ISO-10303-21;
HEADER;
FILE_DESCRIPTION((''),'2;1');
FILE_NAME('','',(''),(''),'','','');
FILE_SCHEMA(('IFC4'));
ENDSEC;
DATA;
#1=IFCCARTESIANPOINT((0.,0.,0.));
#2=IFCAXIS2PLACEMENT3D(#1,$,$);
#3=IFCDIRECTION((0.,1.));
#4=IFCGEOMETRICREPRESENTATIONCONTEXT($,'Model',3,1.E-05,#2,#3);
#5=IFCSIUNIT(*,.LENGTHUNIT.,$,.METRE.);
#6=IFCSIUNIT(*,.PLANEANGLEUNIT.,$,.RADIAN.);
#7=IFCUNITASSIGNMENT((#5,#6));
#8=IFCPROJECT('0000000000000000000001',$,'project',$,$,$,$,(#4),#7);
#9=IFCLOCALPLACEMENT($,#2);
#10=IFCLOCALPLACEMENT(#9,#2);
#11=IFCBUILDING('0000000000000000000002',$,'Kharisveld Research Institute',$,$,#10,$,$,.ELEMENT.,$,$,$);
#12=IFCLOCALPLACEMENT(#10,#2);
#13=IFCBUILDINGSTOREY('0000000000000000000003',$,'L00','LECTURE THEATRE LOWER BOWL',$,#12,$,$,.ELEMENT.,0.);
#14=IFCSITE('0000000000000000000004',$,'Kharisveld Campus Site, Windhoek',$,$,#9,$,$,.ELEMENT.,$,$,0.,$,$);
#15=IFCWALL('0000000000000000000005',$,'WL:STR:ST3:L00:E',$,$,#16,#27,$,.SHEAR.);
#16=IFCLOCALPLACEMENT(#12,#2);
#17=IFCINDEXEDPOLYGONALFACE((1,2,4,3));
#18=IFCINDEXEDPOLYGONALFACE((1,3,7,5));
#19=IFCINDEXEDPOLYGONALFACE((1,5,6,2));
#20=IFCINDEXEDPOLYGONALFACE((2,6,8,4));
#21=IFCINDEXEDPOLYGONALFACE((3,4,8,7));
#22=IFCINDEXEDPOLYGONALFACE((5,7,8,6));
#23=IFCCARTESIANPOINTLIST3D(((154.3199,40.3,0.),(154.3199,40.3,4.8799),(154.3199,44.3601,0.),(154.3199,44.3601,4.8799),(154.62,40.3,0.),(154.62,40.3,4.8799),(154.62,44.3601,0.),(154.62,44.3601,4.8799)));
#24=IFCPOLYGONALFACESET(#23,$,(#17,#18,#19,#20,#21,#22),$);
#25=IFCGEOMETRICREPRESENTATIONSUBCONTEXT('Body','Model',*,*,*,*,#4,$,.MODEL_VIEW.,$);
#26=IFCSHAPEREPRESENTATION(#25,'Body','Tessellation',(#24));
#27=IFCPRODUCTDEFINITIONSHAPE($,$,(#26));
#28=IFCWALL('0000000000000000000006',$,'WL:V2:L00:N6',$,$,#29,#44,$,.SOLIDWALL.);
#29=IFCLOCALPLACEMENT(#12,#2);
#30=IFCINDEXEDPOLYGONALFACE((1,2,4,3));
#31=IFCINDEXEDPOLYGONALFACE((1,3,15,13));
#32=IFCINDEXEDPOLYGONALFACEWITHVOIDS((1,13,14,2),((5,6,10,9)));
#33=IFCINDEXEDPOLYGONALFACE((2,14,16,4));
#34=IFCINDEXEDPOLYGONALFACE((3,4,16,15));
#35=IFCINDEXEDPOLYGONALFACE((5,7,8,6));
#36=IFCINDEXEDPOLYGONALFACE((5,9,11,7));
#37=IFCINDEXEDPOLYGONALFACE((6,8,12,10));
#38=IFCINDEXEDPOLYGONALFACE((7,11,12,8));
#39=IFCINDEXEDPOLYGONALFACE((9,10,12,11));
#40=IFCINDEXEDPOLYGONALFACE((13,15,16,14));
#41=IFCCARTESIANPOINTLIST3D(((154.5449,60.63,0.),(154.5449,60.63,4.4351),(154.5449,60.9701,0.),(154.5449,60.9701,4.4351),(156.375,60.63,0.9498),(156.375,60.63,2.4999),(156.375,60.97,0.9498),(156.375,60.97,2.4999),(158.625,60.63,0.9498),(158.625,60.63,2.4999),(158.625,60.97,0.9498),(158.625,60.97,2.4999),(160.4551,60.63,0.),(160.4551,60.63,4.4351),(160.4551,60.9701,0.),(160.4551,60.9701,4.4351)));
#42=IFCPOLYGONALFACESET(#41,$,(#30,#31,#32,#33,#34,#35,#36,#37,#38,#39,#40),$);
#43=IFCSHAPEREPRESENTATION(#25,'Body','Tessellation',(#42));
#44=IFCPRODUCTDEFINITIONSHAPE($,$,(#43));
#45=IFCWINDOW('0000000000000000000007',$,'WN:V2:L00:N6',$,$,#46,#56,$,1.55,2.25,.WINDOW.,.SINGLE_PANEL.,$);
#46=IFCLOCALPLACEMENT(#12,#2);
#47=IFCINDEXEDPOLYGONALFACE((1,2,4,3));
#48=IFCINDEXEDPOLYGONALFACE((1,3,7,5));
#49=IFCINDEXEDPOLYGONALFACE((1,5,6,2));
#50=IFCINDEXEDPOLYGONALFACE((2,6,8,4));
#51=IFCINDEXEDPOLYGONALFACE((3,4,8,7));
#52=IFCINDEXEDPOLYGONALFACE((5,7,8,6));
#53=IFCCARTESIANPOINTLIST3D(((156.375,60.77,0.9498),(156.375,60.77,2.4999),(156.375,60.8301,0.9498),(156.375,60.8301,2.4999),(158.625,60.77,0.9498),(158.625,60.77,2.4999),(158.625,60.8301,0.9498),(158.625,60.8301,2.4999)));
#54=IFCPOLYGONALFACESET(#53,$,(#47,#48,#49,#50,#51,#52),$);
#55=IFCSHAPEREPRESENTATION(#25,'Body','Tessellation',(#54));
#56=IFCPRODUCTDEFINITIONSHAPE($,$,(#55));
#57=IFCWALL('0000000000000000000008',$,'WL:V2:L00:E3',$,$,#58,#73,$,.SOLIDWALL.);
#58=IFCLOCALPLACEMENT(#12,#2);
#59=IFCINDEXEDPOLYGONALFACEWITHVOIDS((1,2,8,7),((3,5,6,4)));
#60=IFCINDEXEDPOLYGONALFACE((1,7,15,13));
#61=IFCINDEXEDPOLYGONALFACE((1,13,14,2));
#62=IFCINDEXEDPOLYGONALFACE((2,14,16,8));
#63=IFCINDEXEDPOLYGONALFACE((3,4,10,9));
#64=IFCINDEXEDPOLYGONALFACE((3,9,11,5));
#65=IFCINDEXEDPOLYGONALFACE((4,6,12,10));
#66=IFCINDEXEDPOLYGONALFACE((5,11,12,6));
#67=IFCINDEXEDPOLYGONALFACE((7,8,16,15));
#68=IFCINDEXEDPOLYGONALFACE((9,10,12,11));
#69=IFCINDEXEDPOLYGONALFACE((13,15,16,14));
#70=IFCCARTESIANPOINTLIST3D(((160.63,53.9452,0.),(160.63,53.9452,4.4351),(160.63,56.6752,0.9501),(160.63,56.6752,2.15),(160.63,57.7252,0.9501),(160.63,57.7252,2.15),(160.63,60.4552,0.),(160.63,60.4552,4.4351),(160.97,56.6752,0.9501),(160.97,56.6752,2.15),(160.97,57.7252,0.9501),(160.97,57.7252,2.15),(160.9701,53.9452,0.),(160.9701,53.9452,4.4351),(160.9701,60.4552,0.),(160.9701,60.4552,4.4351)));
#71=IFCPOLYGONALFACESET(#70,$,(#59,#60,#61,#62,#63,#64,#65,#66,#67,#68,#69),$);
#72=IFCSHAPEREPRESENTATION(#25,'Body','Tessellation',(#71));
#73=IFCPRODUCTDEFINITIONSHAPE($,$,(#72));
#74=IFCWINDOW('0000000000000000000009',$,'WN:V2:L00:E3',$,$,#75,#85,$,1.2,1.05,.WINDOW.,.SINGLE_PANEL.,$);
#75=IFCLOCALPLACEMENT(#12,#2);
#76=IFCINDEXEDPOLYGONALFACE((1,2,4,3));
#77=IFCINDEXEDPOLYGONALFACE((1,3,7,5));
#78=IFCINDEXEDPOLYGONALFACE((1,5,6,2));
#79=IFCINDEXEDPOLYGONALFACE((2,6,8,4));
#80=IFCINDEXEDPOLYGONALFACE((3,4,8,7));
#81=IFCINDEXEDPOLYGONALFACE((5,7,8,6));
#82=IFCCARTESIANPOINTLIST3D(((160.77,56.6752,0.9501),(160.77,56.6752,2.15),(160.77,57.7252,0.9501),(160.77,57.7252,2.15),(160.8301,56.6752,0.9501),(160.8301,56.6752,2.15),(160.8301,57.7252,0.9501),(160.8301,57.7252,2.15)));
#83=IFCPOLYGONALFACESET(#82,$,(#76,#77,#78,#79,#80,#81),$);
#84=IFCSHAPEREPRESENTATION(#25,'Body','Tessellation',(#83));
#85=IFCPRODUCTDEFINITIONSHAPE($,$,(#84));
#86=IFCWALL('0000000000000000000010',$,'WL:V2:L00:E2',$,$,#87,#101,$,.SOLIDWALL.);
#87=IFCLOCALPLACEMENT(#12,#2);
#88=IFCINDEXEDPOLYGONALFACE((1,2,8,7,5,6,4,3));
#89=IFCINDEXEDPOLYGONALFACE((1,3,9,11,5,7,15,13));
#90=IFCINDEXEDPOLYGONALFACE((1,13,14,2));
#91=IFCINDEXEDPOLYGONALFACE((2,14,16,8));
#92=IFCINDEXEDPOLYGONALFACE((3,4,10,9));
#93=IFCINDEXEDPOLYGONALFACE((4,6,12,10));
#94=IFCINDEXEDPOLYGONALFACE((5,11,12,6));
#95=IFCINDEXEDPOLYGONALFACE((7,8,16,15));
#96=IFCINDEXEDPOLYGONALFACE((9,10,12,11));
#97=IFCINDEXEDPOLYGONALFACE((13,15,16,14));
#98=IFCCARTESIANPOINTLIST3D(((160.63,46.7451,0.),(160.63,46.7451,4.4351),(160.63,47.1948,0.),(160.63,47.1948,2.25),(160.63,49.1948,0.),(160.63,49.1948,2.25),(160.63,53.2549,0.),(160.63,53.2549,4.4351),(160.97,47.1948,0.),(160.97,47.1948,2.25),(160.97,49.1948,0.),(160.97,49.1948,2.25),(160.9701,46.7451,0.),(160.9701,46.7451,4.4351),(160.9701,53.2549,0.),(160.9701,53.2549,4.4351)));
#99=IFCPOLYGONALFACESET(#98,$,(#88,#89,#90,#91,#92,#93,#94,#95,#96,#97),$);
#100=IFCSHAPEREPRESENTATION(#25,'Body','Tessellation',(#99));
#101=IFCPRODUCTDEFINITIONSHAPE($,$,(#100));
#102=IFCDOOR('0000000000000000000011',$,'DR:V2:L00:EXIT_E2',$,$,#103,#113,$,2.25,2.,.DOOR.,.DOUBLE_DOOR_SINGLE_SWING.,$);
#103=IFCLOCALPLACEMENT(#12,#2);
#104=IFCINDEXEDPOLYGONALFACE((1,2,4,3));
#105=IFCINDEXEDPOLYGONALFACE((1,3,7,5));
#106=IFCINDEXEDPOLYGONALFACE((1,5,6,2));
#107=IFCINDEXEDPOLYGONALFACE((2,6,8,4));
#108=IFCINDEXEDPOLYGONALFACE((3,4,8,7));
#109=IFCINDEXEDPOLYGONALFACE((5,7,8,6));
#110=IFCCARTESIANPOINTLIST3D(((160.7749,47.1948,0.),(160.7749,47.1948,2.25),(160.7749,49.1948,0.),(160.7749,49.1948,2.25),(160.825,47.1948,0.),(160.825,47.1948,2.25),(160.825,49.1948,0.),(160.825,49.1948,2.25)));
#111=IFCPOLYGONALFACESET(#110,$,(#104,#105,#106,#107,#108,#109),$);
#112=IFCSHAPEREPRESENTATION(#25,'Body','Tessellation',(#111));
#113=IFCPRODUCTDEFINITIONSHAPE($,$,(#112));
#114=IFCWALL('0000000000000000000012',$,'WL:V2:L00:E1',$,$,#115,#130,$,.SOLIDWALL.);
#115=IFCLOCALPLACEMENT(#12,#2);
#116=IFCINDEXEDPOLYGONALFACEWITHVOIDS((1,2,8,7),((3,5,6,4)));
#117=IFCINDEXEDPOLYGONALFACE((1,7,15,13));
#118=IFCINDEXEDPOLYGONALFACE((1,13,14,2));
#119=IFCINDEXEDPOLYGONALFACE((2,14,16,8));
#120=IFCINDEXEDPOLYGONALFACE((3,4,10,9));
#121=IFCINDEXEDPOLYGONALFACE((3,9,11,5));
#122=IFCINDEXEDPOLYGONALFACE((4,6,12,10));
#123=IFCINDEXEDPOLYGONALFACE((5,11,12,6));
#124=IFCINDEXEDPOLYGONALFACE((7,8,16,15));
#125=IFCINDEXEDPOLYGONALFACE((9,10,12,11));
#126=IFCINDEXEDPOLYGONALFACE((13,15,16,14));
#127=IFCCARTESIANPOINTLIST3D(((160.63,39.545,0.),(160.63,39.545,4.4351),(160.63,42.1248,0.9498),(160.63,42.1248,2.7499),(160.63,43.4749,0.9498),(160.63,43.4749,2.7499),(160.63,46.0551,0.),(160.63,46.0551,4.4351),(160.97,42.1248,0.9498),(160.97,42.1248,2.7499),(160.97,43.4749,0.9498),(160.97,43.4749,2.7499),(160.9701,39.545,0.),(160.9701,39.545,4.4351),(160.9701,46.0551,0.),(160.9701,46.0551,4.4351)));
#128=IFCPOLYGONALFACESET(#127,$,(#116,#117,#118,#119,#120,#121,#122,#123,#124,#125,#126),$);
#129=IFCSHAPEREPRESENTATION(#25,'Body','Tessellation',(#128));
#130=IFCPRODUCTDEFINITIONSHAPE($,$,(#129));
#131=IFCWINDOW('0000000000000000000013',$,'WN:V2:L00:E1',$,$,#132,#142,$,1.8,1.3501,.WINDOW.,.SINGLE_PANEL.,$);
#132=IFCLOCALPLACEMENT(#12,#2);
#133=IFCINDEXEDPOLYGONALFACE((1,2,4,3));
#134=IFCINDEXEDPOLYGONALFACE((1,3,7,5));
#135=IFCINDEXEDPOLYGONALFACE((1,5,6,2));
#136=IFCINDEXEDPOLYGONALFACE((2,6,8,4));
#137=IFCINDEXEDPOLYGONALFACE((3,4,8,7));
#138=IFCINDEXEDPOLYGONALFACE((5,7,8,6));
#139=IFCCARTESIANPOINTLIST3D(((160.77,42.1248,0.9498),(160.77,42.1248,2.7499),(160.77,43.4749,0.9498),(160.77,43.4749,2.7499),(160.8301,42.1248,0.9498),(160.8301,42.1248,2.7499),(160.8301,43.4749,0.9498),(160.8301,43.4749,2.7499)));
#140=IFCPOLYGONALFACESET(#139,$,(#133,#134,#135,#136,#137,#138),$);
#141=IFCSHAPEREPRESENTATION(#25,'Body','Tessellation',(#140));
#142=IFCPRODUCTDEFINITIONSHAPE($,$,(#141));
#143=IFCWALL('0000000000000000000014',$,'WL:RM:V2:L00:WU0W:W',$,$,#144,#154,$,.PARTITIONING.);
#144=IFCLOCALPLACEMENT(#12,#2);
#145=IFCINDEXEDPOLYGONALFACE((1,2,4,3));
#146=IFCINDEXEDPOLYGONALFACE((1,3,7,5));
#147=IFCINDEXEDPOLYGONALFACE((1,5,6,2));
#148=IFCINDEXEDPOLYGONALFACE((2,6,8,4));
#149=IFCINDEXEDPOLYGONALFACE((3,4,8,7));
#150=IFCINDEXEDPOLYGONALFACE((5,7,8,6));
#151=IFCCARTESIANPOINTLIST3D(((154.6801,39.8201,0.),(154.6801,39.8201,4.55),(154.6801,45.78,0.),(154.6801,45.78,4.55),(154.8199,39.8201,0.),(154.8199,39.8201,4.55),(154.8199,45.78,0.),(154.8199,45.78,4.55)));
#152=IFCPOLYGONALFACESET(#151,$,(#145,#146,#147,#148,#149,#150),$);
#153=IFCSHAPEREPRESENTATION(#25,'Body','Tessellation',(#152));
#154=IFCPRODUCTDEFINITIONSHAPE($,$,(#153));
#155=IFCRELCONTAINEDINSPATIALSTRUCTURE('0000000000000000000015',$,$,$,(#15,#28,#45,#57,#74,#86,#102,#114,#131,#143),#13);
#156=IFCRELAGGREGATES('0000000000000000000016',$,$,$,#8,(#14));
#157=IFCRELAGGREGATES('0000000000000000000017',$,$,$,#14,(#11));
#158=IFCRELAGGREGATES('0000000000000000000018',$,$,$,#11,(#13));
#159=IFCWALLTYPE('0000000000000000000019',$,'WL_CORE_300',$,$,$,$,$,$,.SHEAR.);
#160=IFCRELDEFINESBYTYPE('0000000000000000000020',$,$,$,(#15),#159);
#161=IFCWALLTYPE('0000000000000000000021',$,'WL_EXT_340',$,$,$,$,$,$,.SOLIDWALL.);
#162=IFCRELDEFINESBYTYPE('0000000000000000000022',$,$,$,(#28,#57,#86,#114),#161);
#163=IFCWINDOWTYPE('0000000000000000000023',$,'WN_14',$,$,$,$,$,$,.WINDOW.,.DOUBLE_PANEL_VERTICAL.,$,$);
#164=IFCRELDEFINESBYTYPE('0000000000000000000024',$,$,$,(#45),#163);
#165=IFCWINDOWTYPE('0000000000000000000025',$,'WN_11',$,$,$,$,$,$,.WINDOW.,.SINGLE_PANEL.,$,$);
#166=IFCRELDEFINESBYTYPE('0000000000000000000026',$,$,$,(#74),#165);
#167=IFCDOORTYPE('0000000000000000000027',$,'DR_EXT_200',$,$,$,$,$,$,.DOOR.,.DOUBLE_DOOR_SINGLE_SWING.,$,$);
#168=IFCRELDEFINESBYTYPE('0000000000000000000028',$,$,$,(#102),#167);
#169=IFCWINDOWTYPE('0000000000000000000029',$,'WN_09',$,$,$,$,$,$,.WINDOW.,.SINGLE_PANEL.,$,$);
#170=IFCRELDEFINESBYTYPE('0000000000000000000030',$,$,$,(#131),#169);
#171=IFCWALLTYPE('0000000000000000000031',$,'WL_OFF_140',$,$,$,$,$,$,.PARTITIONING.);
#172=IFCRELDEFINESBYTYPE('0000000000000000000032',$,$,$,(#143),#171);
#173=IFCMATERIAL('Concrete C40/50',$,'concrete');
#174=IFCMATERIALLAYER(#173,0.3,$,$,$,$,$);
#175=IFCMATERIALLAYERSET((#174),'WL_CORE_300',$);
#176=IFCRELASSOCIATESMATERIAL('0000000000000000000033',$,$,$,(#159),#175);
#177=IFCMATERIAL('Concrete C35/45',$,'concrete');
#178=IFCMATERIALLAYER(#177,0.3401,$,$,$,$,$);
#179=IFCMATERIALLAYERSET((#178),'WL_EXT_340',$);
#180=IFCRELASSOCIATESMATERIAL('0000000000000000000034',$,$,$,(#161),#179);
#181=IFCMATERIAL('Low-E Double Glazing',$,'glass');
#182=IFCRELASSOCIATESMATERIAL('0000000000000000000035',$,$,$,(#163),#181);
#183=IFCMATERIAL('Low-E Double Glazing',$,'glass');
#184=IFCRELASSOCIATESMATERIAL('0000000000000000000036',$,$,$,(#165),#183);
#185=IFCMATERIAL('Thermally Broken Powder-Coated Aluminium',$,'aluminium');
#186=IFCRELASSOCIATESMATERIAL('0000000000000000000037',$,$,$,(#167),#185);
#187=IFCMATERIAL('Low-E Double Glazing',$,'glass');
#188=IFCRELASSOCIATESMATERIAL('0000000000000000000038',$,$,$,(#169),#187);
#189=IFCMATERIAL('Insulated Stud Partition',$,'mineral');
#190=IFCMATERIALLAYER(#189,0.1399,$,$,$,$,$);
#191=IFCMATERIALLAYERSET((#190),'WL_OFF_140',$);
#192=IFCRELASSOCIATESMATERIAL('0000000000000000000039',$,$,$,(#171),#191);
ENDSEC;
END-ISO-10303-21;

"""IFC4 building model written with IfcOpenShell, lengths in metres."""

from ifc_helpers import new_model, si_unit, direction, frame, frame_2d, origin, place, context, subcontext, project, spatial, rectangle, extrude, material, layer, layer_set, type_object, element, fill, save


model = new_model("IFC4")

# Units and contexts
model_context = context("Model", 3, precision=1e-05, world=origin(), true_north=direction((0.0, 1.0)))
body_context = subcontext(model_context, "Body", "Model", "MODEL_VIEW")
ifc_project = project(units=[si_unit("LENGTHUNIT", "METRE"), si_unit("PLANEANGLEUNIT", "RADIAN")], contexts=[model_context])

# Site, building, storey
site_placement = place(None, origin())
site = spatial("IfcSite", under=ifc_project, at=site_placement, Name="Kharisveld Campus Site, Windhoek", CompositionType="ELEMENT", RefElevation=0.0)
building_placement = place(site_placement, origin())
building = spatial("IfcBuilding", under=site, at=building_placement, Name="Kharisveld Research Institute", CompositionType="ELEMENT")
storey_placement = place(building_placement, origin())
storey = spatial("IfcBuildingStorey", under=building, at=storey_placement, Name="L00", Description="LECTURE THEATRE LOWER BOWL", CompositionType="ELEMENT", Elevation=0.0)

# Wall
ifc_material_1 = material(Name="Concrete C40/50", Category="concrete")
ifc_layer_1 = layer(ifc_material_1, 0.3)
ifc_layer_set_1 = layer_set([ifc_layer_1], Name="WL_CORE_300")
wall_type_1 = type_object("IfcWallType", Name="WL_CORE_300", PredefinedType="SHEAR", material=ifc_layer_set_1)
wall_1_placement = place(storey_placement, frame((154.47, 44.3601, 0.0), z_axis=(0.0, 0.0, 1.0), x_axis=(0.0, -1.0, 0.0)))
element("IfcWall", 1, at=wall_1_placement, inside=storey, type_object=wall_type_1, Name="WL:STR:ST3:L00:E", PredefinedType="SHEAR", context=body_context, shape_type="SweptSolid", body=[
    extrude(rectangle(XDim=4.0601, YDim=0.3, at=frame_2d((2.03, 0.0))), origin(), (0.0, 0.0, 1.0), 4.8799),
])

# Walls, openings, windows
ifc_material_2 = material(Name="Concrete C35/45", Category="concrete")
ifc_layer_2 = layer(ifc_material_2, 0.3401)
ifc_layer_set_2 = layer_set([ifc_layer_2], Name="WL_EXT_340")
wall_type_2 = type_object("IfcWallType", Name="WL_EXT_340", PredefinedType="SOLIDWALL", material=ifc_layer_set_2)
wall_2_placement = place(storey_placement, frame((154.5449, 60.8, 0.0), z_axis=(0.0, 0.0, 1.0), x_axis=(1.0, 0.0, 0.0)))
wall_2 = element("IfcWall", 2, at=wall_2_placement, inside=storey, type_object=wall_type_2, Name="WL:V2:L00:N6", PredefinedType="SOLIDWALL", context=body_context, shape_type="SweptSolid", body=[
    extrude(rectangle(XDim=5.9102, YDim=0.3401, at=frame_2d((2.9551, 0.0))), origin(), (0.0, 0.0, 1.0), 4.4351),
])
opening_1_placement = place(wall_2_placement, frame((1.8301, 0.0, 0.95)))
opening_1 = element("IfcOpeningElement", 3, at=opening_1_placement, cuts=wall_2, PredefinedType="OPENING", context=body_context, shape_type="SweptSolid", body=[
    extrude(rectangle(XDim=2.25, YDim=1.55, at=frame_2d((1.125, 0.7749))), frame((0.0, 0.1699, 0.0), z_axis=(0.0, -1.0, 0.0), x_axis=(1.0, 0.0, 0.0)), (0.0, 0.0, 1.0), 0.3401),
])
ifc_material_3 = material(Name="Low-E Double Glazing", Category="glass")
window_type_1 = type_object("IfcWindowType", Name="WN_14", PartitioningType="DOUBLE_PANEL_VERTICAL", PredefinedType="WINDOW", material=ifc_material_3)
window_1_placement = place(opening_1_placement, origin())
window_1 = element("IfcWindow", 4, at=window_1_placement, inside=storey, type_object=window_type_1, Name="WN:V2:L00:N6", OverallHeight=1.55, OverallWidth=2.25, PartitioningType="SINGLE_PANEL", PredefinedType="WINDOW", context=body_context, shape_type="SweptSolid", body=[
    extrude(rectangle(XDim=2.25, YDim=1.55, at=frame_2d((1.125, 0.7749))), frame((0.0, 0.03, 0.0), z_axis=(0.0, -1.0, 0.0), x_axis=(1.0, 0.0, 0.0)), (0.0, 0.0, 1.0), 0.0601),
])
fill(opening_1, window_1)
wall_3_placement = place(storey_placement, frame((160.8, 60.4551, 0.0), z_axis=(0.0, 0.0, 1.0), x_axis=(0.0, -1.0, 0.0)))
wall_3 = element("IfcWall", 5, at=wall_3_placement, inside=storey, type_object=wall_type_2, Name="WL:V2:L00:E3", PredefinedType="SOLIDWALL", context=body_context, shape_type="SweptSolid", body=[
    extrude(rectangle(XDim=6.51, YDim=0.3401, at=frame_2d((3.2549, 0.0))), origin(), (0.0, 0.0, 1.0), 4.4351),
])
opening_2_placement = place(wall_3_placement, frame((2.73, 0.0, 0.95)))
opening_2 = element("IfcOpeningElement", 6, at=opening_2_placement, cuts=wall_3, PredefinedType="OPENING", context=body_context, shape_type="SweptSolid", body=[
    extrude(rectangle(XDim=1.05, YDim=1.2, at=frame_2d((0.5249, 0.6001))), frame((0.0, 0.1699, 0.0), z_axis=(0.0, -1.0, 0.0), x_axis=(1.0, 0.0, 0.0)), (0.0, 0.0, 1.0), 0.3401),
])
ifc_material_4 = material(Name="Low-E Double Glazing", Category="glass")
window_type_2 = type_object("IfcWindowType", Name="WN_11", PartitioningType="SINGLE_PANEL", PredefinedType="WINDOW", material=ifc_material_4)
window_2_placement = place(opening_2_placement, origin())
window_2 = element("IfcWindow", 7, at=window_2_placement, inside=storey, type_object=window_type_2, Name="WN:V2:L00:E3", OverallHeight=1.2, OverallWidth=1.05, PartitioningType="SINGLE_PANEL", PredefinedType="WINDOW", context=body_context, shape_type="SweptSolid", body=[
    extrude(rectangle(XDim=1.05, YDim=1.2, at=frame_2d((0.5249, 0.6001))), frame((0.0, 0.03, 0.0), z_axis=(0.0, -1.0, 0.0), x_axis=(1.0, 0.0, 0.0)), (0.0, 0.0, 1.0), 0.0601),
])
fill(opening_2, window_2)

# Wall, opening, door
wall_4_placement = place(storey_placement, frame((160.8, 53.2549, 0.0), z_axis=(0.0, 0.0, 1.0), x_axis=(0.0, -1.0, 0.0)))
wall_4 = element("IfcWall", 8, at=wall_4_placement, inside=storey, type_object=wall_type_2, Name="WL:V2:L00:E2", PredefinedType="SOLIDWALL", context=body_context, shape_type="SweptSolid", body=[
    extrude(rectangle(XDim=6.5098, YDim=0.3401, at=frame_2d((3.2549, 0.0))), origin(), (0.0, 0.0, 1.0), 4.4351),
])
opening_3_placement = place(wall_4_placement, frame((4.0601, 0.0, 0.0)))
opening_3 = element("IfcOpeningElement", 9, at=opening_3_placement, cuts=wall_4, PredefinedType="OPENING", context=body_context, shape_type="SweptSolid", body=[
    extrude(rectangle(XDim=2.0, YDim=2.25, at=frame_2d((1.0, 1.125))), frame((0.0, 0.1699, 0.0), z_axis=(0.0, -1.0, 0.0), x_axis=(1.0, 0.0, 0.0)), (0.0, 0.0, 1.0), 0.3401),
])
ifc_material_5 = material(Name="Thermally Broken Powder-Coated Aluminium", Category="aluminium")
door_type_1 = type_object("IfcDoorType", Name="DR_EXT_200", OperationType="DOUBLE_DOOR_SINGLE_SWING", PredefinedType="DOOR", material=ifc_material_5)
door_1_placement = place(opening_3_placement, origin())
door_1 = element("IfcDoor", 10, at=door_1_placement, inside=storey, type_object=door_type_1, Name="DR:V2:L00:EXIT_E2", OperationType="DOUBLE_DOOR_SINGLE_SWING", OverallHeight=2.25, OverallWidth=2.0, PredefinedType="DOOR", context=body_context, shape_type="SweptSolid", body=[
    extrude(rectangle(XDim=2.0, YDim=2.25, at=frame_2d((1.0, 1.125))), frame((0.0, 0.0249, 0.0), z_axis=(0.0, -1.0, 0.0), x_axis=(1.0, 0.0, 0.0)), (0.0, 0.0, 1.0), 0.05),
])
fill(opening_3, door_1)

# Wall, opening, window
wall_5_placement = place(storey_placement, frame((160.8, 46.0549, 0.0), z_axis=(0.0, 0.0, 1.0), x_axis=(0.0, -1.0, 0.0)))
wall_5 = element("IfcWall", 11, at=wall_5_placement, inside=storey, type_object=wall_type_2, Name="WL:V2:L00:E1", PredefinedType="SOLIDWALL", context=body_context, shape_type="SweptSolid", body=[
    extrude(rectangle(XDim=6.51, YDim=0.3401, at=frame_2d((3.2549, 0.0))), origin(), (0.0, 0.0, 1.0), 4.4351),
])
opening_4_placement = place(wall_5_placement, frame((2.5801, 0.0, 0.95)))
opening_4 = element("IfcOpeningElement", 12, at=opening_4_placement, cuts=wall_5, PredefinedType="OPENING", context=body_context, shape_type="SweptSolid", body=[
    extrude(rectangle(XDim=1.3501, YDim=1.8, at=frame_2d((0.675, 0.8999))), frame((0.0, 0.1699, 0.0), z_axis=(0.0, -1.0, 0.0), x_axis=(1.0, 0.0, 0.0)), (0.0, 0.0, 1.0), 0.3401),
])
ifc_material_6 = material(Name="Low-E Double Glazing", Category="glass")
window_type_3 = type_object("IfcWindowType", Name="WN_09", PartitioningType="SINGLE_PANEL", PredefinedType="WINDOW", material=ifc_material_6)
window_3_placement = place(opening_4_placement, origin())
window_3 = element("IfcWindow", 13, at=window_3_placement, inside=storey, type_object=window_type_3, Name="WN:V2:L00:E1", OverallHeight=1.8, OverallWidth=1.3501, PartitioningType="SINGLE_PANEL", PredefinedType="WINDOW", context=body_context, shape_type="SweptSolid", body=[
    extrude(rectangle(XDim=1.3501, YDim=1.8, at=frame_2d((0.675, 0.8999))), frame((0.0, 0.03, 0.0), z_axis=(0.0, -1.0, 0.0), x_axis=(1.0, 0.0, 0.0)), (0.0, 0.0, 1.0), 0.0601),
])
fill(opening_4, window_3)

# Shared definitions
ifc_material_7 = material(Name="Insulated Stud Partition", Category="mineral")
ifc_layer_3 = layer(ifc_material_7, 0.1399)
ifc_layer_set_3 = layer_set([ifc_layer_3], Name="WL_OFF_140")
wall_type_3 = type_object("IfcWallType", Name="WL_OFF_140", PredefinedType="PARTITIONING", material=ifc_layer_set_3)

# Wall
wall_6_placement = place(storey_placement, frame((154.75, 45.78, 0.0), z_axis=(0.0, 0.0, 1.0), x_axis=(0.0, -1.0, 0.0)))
element("IfcWall", 14, at=wall_6_placement, inside=storey, type_object=wall_type_3, Name="WL:RM:V2:L00:WU0W:W", PredefinedType="PARTITIONING", context=body_context, shape_type="SweptSolid", body=[
    extrude(rectangle(XDim=5.96, YDim=0.1399, at=frame_2d((2.98, 0.0))), origin(), (0.0, 0.0, 1.0), 4.55),
])

save(model, "model.ifc")
